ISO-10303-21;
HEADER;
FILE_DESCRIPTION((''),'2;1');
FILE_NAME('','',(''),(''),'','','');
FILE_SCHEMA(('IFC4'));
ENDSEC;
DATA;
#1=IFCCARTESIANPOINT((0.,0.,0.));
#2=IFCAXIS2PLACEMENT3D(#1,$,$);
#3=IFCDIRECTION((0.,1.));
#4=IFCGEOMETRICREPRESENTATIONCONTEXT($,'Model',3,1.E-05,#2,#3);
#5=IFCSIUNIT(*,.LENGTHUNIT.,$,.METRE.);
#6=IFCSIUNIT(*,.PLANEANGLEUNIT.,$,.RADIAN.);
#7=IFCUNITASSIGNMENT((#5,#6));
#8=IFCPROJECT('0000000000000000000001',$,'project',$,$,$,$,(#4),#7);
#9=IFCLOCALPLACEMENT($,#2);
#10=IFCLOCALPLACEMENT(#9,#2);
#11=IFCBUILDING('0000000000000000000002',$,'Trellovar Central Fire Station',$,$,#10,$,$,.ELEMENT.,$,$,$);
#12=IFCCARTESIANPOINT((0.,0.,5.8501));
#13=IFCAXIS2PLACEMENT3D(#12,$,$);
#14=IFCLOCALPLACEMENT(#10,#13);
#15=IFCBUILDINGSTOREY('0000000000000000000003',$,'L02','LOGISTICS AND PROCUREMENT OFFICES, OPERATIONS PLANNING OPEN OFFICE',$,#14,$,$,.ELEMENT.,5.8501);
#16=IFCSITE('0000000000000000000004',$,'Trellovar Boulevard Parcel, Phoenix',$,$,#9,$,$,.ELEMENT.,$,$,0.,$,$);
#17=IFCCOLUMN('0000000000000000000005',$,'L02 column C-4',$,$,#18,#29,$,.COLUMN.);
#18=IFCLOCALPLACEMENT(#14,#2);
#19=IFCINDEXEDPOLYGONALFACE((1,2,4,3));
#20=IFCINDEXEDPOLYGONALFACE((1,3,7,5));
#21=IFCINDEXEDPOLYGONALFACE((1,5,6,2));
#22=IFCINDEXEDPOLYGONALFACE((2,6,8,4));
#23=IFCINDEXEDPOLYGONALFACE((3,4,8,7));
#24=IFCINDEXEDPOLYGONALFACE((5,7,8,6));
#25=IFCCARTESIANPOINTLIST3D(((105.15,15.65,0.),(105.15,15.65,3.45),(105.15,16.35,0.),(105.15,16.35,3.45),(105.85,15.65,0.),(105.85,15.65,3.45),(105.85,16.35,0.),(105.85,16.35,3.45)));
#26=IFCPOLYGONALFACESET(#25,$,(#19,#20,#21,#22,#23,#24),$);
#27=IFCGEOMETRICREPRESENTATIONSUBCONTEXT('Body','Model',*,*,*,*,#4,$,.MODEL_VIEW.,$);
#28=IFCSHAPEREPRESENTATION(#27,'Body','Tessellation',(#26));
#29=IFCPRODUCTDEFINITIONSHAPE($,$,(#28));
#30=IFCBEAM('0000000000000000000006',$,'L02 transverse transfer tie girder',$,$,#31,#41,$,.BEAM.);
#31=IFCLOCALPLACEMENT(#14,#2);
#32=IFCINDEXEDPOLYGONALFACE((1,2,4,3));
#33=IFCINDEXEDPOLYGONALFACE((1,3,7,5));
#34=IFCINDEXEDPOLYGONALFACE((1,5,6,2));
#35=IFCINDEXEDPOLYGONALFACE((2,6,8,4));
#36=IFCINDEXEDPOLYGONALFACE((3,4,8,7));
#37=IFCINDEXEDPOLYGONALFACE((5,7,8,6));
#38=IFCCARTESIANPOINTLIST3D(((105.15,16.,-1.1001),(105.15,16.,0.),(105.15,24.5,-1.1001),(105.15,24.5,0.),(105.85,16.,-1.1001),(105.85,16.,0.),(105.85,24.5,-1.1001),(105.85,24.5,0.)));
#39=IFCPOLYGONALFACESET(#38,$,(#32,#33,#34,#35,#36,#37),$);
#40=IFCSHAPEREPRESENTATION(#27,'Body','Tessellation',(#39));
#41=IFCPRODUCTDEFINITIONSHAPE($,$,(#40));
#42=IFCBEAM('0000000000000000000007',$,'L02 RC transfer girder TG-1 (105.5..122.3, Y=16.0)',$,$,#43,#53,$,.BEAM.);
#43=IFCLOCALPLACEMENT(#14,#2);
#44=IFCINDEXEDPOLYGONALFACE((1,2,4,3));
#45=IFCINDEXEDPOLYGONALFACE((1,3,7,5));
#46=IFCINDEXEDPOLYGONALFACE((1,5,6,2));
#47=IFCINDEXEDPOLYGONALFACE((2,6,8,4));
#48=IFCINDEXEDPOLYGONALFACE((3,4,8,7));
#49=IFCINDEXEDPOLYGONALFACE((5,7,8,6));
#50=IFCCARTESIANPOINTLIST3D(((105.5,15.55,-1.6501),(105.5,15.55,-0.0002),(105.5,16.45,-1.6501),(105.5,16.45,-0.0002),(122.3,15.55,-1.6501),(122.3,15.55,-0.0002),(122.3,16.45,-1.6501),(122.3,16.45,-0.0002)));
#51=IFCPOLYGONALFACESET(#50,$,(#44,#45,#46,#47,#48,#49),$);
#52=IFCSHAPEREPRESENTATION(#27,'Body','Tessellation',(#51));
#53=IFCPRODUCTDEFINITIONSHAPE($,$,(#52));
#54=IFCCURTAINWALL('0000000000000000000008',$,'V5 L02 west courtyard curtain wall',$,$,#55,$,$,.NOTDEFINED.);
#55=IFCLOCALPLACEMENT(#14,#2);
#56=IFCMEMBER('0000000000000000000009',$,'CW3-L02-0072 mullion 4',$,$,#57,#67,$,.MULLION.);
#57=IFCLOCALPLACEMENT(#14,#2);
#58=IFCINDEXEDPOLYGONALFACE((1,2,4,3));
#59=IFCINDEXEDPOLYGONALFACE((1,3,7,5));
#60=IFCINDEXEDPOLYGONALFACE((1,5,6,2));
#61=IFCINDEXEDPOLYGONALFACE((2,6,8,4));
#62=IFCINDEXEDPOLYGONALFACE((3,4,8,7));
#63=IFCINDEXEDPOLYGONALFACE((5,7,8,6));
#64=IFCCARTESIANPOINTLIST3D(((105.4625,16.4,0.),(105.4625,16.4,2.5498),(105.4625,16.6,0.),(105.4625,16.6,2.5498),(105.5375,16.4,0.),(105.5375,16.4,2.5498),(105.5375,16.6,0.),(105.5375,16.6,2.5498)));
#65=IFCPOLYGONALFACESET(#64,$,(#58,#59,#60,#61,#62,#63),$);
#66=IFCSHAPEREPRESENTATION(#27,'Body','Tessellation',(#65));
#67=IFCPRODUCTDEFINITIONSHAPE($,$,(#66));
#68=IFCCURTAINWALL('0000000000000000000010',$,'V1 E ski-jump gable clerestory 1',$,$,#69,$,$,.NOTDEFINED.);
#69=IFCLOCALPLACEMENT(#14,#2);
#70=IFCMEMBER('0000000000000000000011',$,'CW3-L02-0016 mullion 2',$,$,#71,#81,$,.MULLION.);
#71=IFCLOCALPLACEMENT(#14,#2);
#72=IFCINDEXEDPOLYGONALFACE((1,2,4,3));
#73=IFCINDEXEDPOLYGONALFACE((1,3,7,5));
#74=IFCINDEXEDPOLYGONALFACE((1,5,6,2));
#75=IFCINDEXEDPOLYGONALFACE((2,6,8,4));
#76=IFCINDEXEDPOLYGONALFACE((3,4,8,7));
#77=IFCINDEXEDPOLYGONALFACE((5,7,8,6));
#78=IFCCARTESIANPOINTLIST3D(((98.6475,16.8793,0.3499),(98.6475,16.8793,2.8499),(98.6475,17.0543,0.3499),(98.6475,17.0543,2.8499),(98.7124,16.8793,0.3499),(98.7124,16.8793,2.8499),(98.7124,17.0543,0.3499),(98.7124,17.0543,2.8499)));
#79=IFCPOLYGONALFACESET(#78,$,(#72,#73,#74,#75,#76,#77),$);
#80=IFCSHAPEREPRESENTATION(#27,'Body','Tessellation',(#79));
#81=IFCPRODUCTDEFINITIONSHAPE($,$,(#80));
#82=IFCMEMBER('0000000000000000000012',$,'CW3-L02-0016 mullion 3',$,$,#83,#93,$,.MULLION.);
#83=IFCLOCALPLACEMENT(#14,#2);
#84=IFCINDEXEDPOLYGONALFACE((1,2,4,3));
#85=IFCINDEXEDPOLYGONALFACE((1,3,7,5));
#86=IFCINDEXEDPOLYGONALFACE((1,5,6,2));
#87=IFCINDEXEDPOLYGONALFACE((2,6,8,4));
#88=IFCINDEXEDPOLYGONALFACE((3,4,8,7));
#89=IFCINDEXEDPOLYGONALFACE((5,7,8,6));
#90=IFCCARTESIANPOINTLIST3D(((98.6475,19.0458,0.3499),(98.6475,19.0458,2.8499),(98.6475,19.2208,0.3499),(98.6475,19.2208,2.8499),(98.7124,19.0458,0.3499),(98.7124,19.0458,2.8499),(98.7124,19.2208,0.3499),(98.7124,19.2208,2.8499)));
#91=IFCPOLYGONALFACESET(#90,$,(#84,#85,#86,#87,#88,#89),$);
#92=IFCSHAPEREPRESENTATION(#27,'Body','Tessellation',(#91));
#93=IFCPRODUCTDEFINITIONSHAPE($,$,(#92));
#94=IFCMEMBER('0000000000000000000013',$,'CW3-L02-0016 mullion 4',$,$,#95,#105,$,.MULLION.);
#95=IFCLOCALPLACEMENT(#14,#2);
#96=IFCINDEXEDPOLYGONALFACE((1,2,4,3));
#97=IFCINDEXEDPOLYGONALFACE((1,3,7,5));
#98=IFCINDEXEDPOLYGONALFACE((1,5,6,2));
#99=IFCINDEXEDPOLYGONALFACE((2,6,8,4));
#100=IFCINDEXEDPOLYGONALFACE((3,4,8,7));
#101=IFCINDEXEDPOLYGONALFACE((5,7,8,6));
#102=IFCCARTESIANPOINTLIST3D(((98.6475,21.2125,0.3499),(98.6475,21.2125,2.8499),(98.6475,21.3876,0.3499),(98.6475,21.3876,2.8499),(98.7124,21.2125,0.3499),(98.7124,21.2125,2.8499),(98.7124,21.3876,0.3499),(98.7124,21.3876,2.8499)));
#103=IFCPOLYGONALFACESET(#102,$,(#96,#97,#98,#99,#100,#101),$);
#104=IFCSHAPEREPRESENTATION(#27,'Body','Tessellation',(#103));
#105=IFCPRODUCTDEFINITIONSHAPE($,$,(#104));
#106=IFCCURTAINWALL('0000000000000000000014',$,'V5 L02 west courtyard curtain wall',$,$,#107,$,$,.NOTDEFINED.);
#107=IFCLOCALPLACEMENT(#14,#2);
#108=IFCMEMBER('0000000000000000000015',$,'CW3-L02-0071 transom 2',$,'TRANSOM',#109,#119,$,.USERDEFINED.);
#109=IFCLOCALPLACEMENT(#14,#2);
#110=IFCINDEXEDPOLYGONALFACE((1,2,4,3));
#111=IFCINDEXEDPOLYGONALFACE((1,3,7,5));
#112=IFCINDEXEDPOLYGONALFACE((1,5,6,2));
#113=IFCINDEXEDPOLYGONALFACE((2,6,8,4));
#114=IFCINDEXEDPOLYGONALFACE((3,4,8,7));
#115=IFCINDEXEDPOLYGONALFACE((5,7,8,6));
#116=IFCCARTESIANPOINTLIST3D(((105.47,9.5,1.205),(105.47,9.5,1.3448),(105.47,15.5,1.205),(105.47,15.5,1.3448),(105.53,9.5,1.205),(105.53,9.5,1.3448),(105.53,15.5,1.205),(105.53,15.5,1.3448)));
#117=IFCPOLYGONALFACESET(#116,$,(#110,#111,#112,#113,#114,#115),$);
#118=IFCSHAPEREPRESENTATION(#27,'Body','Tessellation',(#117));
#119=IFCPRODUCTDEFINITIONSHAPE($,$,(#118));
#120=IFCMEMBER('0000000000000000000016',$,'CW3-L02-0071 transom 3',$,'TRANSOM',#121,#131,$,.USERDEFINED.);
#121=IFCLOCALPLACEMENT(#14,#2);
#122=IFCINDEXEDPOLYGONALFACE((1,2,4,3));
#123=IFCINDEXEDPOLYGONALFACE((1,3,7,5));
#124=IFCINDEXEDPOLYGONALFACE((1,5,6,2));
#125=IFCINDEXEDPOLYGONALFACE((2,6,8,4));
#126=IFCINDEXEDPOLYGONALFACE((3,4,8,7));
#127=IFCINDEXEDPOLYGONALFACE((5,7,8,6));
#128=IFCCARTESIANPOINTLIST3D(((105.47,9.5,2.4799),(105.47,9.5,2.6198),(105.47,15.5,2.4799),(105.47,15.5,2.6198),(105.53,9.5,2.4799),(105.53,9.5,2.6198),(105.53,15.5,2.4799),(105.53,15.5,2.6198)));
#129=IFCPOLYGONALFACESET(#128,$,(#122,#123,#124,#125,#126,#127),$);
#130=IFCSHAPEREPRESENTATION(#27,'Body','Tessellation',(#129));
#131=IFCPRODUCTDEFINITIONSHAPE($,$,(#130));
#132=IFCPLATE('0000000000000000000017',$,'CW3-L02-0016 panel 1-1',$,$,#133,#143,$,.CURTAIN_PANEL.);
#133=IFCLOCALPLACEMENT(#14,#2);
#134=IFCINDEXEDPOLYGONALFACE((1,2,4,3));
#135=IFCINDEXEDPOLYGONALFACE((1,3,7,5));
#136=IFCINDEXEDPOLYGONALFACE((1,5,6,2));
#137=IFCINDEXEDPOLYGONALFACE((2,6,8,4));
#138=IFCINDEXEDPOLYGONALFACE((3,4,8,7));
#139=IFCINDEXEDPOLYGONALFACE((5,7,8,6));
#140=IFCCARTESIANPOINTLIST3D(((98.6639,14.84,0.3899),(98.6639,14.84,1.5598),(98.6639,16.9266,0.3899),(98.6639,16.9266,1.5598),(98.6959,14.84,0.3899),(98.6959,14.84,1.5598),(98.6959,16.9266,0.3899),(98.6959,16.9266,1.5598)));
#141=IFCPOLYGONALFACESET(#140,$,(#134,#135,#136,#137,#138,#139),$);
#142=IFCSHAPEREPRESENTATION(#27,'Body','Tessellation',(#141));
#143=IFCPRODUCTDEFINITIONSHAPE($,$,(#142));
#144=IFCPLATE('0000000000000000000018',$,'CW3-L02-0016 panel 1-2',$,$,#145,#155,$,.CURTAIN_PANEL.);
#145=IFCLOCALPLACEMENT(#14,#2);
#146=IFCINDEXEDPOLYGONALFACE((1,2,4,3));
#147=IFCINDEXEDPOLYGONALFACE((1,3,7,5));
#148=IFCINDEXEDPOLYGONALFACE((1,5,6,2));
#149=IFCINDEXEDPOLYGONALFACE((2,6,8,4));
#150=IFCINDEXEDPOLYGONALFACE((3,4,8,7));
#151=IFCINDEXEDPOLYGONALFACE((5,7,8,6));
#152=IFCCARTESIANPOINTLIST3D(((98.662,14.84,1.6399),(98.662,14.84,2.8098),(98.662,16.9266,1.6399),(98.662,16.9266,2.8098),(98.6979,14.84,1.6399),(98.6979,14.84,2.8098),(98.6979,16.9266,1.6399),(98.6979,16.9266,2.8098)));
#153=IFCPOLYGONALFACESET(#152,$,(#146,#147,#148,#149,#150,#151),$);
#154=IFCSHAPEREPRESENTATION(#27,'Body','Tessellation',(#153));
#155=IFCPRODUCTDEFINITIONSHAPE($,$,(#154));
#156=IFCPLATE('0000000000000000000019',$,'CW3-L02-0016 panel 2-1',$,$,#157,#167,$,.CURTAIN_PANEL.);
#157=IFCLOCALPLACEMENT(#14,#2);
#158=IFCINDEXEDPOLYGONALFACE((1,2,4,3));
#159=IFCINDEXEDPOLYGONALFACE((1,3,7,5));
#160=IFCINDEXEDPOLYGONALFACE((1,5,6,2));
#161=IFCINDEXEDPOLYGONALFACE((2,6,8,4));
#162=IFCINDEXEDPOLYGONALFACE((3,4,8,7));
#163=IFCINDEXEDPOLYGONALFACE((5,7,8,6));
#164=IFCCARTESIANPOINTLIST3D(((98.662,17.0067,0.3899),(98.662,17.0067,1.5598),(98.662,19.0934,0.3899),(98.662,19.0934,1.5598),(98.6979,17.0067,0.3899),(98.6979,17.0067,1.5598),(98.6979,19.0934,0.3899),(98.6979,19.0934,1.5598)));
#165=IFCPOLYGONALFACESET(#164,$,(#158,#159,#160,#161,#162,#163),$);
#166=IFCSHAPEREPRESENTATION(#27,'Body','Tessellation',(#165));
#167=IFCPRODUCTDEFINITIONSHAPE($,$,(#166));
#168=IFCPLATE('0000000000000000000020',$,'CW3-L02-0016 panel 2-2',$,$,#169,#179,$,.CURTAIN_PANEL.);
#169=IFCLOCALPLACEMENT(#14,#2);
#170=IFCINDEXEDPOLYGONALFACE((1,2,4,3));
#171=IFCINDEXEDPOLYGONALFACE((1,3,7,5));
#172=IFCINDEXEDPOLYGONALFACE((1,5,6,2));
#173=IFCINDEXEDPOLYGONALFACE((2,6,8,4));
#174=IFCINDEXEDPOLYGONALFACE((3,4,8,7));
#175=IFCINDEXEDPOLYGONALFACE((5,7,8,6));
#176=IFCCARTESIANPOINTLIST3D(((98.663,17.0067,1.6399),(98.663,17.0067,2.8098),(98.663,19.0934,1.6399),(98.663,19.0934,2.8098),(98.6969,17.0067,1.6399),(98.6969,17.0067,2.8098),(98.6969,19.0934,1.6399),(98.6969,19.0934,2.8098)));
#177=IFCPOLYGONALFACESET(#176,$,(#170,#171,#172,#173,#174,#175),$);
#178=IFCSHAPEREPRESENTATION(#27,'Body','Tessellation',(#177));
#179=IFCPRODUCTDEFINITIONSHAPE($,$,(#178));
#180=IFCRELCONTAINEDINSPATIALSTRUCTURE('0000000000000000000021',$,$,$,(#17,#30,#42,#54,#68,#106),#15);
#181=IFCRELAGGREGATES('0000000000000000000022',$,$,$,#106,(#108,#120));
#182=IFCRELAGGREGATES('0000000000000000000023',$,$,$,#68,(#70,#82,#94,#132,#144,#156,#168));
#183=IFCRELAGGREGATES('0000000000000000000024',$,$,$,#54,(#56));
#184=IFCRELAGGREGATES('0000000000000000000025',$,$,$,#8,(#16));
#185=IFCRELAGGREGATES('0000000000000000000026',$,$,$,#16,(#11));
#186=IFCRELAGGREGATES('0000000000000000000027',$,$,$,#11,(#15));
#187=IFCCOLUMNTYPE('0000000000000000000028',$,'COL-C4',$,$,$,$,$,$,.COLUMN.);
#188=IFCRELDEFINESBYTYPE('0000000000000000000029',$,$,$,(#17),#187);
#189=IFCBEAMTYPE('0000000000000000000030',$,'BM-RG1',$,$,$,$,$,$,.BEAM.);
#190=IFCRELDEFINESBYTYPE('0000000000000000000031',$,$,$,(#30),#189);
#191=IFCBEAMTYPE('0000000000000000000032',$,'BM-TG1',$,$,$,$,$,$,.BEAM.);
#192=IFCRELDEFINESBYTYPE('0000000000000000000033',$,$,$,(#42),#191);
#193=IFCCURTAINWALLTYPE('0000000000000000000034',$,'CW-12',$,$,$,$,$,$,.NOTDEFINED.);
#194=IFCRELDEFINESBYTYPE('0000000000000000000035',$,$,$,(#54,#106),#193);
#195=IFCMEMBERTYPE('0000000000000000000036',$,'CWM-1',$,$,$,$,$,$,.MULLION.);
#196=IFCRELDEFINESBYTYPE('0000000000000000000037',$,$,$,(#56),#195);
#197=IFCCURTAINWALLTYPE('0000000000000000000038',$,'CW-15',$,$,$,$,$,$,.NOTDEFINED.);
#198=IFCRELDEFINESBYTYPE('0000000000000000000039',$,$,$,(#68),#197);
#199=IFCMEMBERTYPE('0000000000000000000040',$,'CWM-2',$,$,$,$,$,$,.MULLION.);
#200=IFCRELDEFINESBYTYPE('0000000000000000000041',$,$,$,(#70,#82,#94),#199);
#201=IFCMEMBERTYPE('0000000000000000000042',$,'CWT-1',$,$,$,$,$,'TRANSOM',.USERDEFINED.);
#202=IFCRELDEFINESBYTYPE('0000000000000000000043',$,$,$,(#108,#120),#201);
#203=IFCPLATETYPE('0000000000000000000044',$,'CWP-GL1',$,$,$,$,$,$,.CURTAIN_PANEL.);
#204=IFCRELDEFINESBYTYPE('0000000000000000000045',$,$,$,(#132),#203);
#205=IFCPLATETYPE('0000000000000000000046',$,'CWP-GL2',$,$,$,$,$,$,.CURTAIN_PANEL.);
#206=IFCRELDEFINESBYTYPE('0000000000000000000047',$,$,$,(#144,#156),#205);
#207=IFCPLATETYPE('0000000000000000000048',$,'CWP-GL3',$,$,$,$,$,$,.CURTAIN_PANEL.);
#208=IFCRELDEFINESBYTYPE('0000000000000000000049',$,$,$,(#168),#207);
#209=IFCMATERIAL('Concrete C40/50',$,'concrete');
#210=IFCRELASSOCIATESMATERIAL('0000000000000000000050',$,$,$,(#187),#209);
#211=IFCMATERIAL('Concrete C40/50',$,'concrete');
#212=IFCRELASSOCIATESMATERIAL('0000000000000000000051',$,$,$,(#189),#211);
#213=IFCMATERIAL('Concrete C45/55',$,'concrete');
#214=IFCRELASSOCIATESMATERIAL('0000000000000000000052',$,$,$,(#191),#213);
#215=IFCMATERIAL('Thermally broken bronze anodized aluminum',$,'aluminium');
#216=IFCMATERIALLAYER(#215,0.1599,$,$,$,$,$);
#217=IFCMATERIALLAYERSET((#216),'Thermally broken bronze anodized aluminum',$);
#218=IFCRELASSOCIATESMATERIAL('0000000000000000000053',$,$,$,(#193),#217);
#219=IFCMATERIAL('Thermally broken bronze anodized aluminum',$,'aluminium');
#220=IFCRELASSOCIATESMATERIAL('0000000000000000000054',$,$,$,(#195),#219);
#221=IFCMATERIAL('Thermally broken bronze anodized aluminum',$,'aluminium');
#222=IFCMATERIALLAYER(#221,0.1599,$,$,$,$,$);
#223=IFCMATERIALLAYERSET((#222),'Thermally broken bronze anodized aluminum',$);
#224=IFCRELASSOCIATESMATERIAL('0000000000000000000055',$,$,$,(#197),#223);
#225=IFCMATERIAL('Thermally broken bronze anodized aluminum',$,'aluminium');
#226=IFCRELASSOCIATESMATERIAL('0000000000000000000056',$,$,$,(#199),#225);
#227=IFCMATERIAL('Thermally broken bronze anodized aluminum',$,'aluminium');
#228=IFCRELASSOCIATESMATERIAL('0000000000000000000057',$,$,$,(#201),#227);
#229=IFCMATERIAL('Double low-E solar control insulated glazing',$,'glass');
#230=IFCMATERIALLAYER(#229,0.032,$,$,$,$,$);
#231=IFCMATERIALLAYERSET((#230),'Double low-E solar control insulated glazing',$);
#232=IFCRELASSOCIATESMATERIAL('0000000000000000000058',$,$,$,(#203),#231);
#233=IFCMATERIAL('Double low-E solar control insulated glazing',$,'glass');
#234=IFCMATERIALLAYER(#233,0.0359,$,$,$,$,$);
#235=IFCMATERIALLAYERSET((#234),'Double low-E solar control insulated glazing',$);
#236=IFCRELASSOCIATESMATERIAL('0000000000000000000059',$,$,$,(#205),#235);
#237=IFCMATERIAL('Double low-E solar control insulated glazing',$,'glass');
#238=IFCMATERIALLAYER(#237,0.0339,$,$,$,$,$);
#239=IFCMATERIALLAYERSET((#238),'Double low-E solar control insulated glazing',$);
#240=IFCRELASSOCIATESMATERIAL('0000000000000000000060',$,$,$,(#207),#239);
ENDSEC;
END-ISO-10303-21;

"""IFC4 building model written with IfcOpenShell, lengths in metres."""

from ifc_helpers import new_model, si_unit, direction, frame, origin, origin_2d, place, context, subcontext, project, spatial, rectangle, extrude, material, layer, layer_set, material_profile, profile_set, type_object, element, aggregate, save


model = new_model("IFC4")

# Units and contexts
model_context = context("Model", 3, precision=1e-05, world=origin(), true_north=direction((0.0, 1.0)))
body_context = subcontext(model_context, "Body", "Model", "MODEL_VIEW")
ifc_project = project(units=[si_unit("LENGTHUNIT", "METRE"), si_unit("PLANEANGLEUNIT", "RADIAN")], contexts=[model_context])

# Site, building, storey
site_placement = place(None, origin())
site = spatial("IfcSite", under=ifc_project, at=site_placement, Name="Trellovar Boulevard Parcel, Phoenix", CompositionType="ELEMENT", RefElevation=0.0)
building_placement = place(site_placement, origin())
building = spatial("IfcBuilding", under=site, at=building_placement, Name="Trellovar Central Fire Station", CompositionType="ELEMENT")
storey_placement = place(building_placement, frame((0.0, 0.0, 5.8501)))
storey = spatial("IfcBuildingStorey", under=building, at=storey_placement, Name="L02", Description="LOGISTICS AND PROCUREMENT OFFICES, OPERATIONS PLANNING OPEN OFFICE", CompositionType="ELEMENT", Elevation=5.8501)

# Column
ifc_material_1 = material(Name="Concrete C40/50", Category="concrete")
ifc_material_profile_1 = material_profile(ifc_material_1, rectangle(XDim=0.7, YDim=0.7, at=origin_2d()), Name="RC700X700")
ifc_profile_set_1 = profile_set([ifc_material_profile_1], Name="Concrete C40/50")
column_type = type_object("IfcColumnType", Name="COL-C4", PredefinedType="COLUMN", material=ifc_profile_set_1)
column_placement = place(storey_placement, frame((105.5, 16.0, 0.0), z_axis=(0.0, 0.0, 1.0), x_axis=(1.0, 0.0, 0.0)))
element("IfcColumn", 1, at=column_placement, inside=storey, type_object=column_type, Name="L02 column C-4", PredefinedType="COLUMN", context=body_context, shape_type="SweptSolid", body=[
    extrude(rectangle(XDim=0.7, YDim=0.7, at=origin_2d()), origin(), (0.0, 0.0, 1.0), 3.45),
])

# Beams
ifc_material_2 = material(Name="Concrete C40/50", Category="concrete")
ifc_material_profile_2 = material_profile(ifc_material_2, rectangle(XDim=0.7, YDim=1.1001, at=origin_2d()), Name="RC700X1100")
ifc_profile_set_2 = profile_set([ifc_material_profile_2], Name="Concrete C40/50")
beam_type_1 = type_object("IfcBeamType", Name="BM-RG1", PredefinedType="BEAM", material=ifc_profile_set_2)
beam_1_placement = place(storey_placement, frame((105.5, 16.0, -0.55), z_axis=(0.0, 1.0, 0.0), x_axis=(-1.0, 0.0, 0.0)))
element("IfcBeam", 2, at=beam_1_placement, inside=storey, type_object=beam_type_1, Name="L02 transverse transfer tie girder", PredefinedType="BEAM", context=body_context, shape_type="SweptSolid", body=[
    extrude(rectangle(XDim=0.7, YDim=1.1001, at=origin_2d()), origin(), (0.0, 0.0, 1.0), 8.5),
])
ifc_material_3 = material(Name="Concrete C45/55", Category="concrete")
ifc_material_profile_3 = material_profile(ifc_material_3, rectangle(XDim=0.8999, YDim=1.6499, at=origin_2d()), Name="RC900X1650")
ifc_profile_set_3 = profile_set([ifc_material_profile_3], Name="Concrete C45/55")
beam_type_2 = type_object("IfcBeamType", Name="BM-TG1", PredefinedType="BEAM", material=ifc_profile_set_3)
beam_2_placement = place(storey_placement, frame((105.5, 16.0, -0.8252), z_axis=(1.0, 0.0, 0.0), x_axis=(0.0, 1.0, 0.0)))
element("IfcBeam", 3, at=beam_2_placement, inside=storey, type_object=beam_type_2, Name="L02 RC transfer girder TG-1 (105.5..122.3, Y=16.0)", PredefinedType="BEAM", context=body_context, shape_type="SweptSolid", body=[
    extrude(rectangle(XDim=0.8999, YDim=1.6499, at=origin_2d()), origin(), (0.0, 0.0, 1.0), 16.8),
])

# Curtain wall, member
ifc_material_4 = material(Name="Thermally broken bronze anodized aluminum", Category="aluminium")
ifc_layer_1 = layer(ifc_material_4, 0.1599)
ifc_layer_set_1 = layer_set([ifc_layer_1], Name="Thermally broken bronze anodized aluminum")
curtain_wall_type_1 = type_object("IfcCurtainWallType", Name="CW-12", PredefinedType="NOTDEFINED", material=ifc_layer_set_1)
curtain_wall_1_placement = place(storey_placement, origin())
curtain_wall_1 = element("IfcCurtainWall", 4, at=curtain_wall_1_placement, inside=storey, type_object=curtain_wall_type_1, Name="V5 L02 west courtyard curtain wall", PredefinedType="NOTDEFINED")
ifc_material_5 = material(Name="Thermally broken bronze anodized aluminum", Category="aluminium")
ifc_material_profile_4 = material_profile(ifc_material_5, rectangle(XDim=0.075, YDim=0.2, at=origin_2d()), Name="ALU75X200")
ifc_profile_set_4 = profile_set([ifc_material_profile_4], Name="Thermally broken bronze anodized aluminum")
member_type_1 = type_object("IfcMemberType", Name="CWM-1", PredefinedType="MULLION", material=ifc_profile_set_4)
member_1_placement = place(storey_placement, frame((105.5, 16.5, 0.0), z_axis=(0.0, 0.0, 1.0), x_axis=(1.0, 0.0, 0.0)))
member_1 = element("IfcMember", 5, at=member_1_placement, type_object=member_type_1, Name="CW3-L02-0072 mullion 4", PredefinedType="MULLION", context=body_context, shape_type="SweptSolid", body=[
    extrude(rectangle(XDim=0.075, YDim=0.2, at=origin_2d()), origin(), (0.0, 0.0, 1.0), 2.5498),
])

# Curtain walls, members
ifc_material_6 = material(Name="Thermally broken bronze anodized aluminum", Category="aluminium")
ifc_layer_2 = layer(ifc_material_6, 0.1599)
ifc_layer_set_2 = layer_set([ifc_layer_2], Name="Thermally broken bronze anodized aluminum")
curtain_wall_type_2 = type_object("IfcCurtainWallType", Name="CW-15", PredefinedType="NOTDEFINED", material=ifc_layer_set_2)
curtain_wall_2_placement = place(storey_placement, origin())
curtain_wall_2 = element("IfcCurtainWall", 6, at=curtain_wall_2_placement, inside=storey, type_object=curtain_wall_type_2, Name="V1 E ski-jump gable clerestory 1", PredefinedType="NOTDEFINED")
ifc_material_7 = material(Name="Thermally broken bronze anodized aluminum", Category="aluminium")
ifc_material_profile_5 = material_profile(ifc_material_7, rectangle(XDim=0.0649, YDim=0.175, at=origin_2d()), Name="ALU65X175")
ifc_profile_set_5 = profile_set([ifc_material_profile_5], Name="Thermally broken bronze anodized aluminum")
member_type_2 = type_object("IfcMemberType", Name="CWM-2", PredefinedType="MULLION", material=ifc_profile_set_5)
member_2_placement = place(storey_placement, frame((98.6799, 16.9668, 0.3499), z_axis=(0.0, 0.0, 1.0), x_axis=(1.0, 0.0, 0.0)))
member_2 = element("IfcMember", 7, at=member_2_placement, type_object=member_type_2, Name="CW3-L02-0016 mullion 2", PredefinedType="MULLION", context=body_context, shape_type="SweptSolid", body=[
    extrude(rectangle(XDim=0.0649, YDim=0.175, at=origin_2d()), origin(), (0.0, 0.0, 1.0), 2.5),
])
member_3_placement = place(storey_placement, frame((98.6799, 19.1333, 0.3499), z_axis=(0.0, 0.0, 1.0), x_axis=(1.0, 0.0, 0.0)))
member_3 = element("IfcMember", 8, at=member_3_placement, type_object=member_type_2, Name="CW3-L02-0016 mullion 3", PredefinedType="MULLION", context=body_context, shape_type="SweptSolid", body=[
    extrude(rectangle(XDim=0.0649, YDim=0.175, at=origin_2d()), origin(), (0.0, 0.0, 1.0), 2.5),
])
member_4_placement = place(storey_placement, frame((98.6799, 21.3, 0.3499), z_axis=(0.0, 0.0, 1.0), x_axis=(1.0, 0.0, 0.0)))
member_4 = element("IfcMember", 9, at=member_4_placement, type_object=member_type_2, Name="CW3-L02-0016 mullion 4", PredefinedType="MULLION", context=body_context, shape_type="SweptSolid", body=[
    extrude(rectangle(XDim=0.0649, YDim=0.175, at=origin_2d()), origin(), (0.0, 0.0, 1.0), 2.5),
])
curtain_wall_3_placement = place(storey_placement, origin())
curtain_wall_3 = element("IfcCurtainWall", 10, at=curtain_wall_3_placement, inside=storey, type_object=curtain_wall_type_1, Name="V5 L02 west courtyard curtain wall", PredefinedType="NOTDEFINED")
ifc_material_8 = material(Name="Thermally broken bronze anodized aluminum", Category="aluminium")
ifc_material_profile_6 = material_profile(ifc_material_8, rectangle(XDim=0.0601, YDim=0.1399, at=origin_2d()), Name="ALU60X140")
ifc_profile_set_6 = profile_set([ifc_material_profile_6], Name="Thermally broken bronze anodized aluminum")
member_type_3 = type_object("IfcMemberType", Name="CWT-1", ElementType="TRANSOM", PredefinedType="USERDEFINED", material=ifc_profile_set_6)
member_5_placement = place(storey_placement, frame((105.5, 15.5, 1.2749), z_axis=(0.0, -1.0, 0.0), x_axis=(1.0, 0.0, 0.0)))
member_5 = element("IfcMember", 11, at=member_5_placement, type_object=member_type_3, Name="CW3-L02-0071 transom 2", ObjectType="TRANSOM", PredefinedType="USERDEFINED", context=body_context, shape_type="SweptSolid", body=[
    extrude(rectangle(XDim=0.0601, YDim=0.1399, at=origin_2d()), origin(), (0.0, 0.0, 1.0), 6.0),
])
member_6_placement = place(storey_placement, frame((105.5, 15.5, 2.5498), z_axis=(0.0, -1.0, 0.0), x_axis=(1.0, 0.0, 0.0)))
member_6 = element("IfcMember", 12, at=member_6_placement, type_object=member_type_3, Name="CW3-L02-0071 transom 3", ObjectType="TRANSOM", PredefinedType="USERDEFINED", context=body_context, shape_type="SweptSolid", body=[
    extrude(rectangle(XDim=0.0601, YDim=0.1399, at=origin_2d()), origin(), (0.0, 0.0, 1.0), 6.0),
])
aggregate(curtain_wall_3, [member_5, member_6])

# Plates
ifc_material_9 = material(Name="Double low-E solar control insulated glazing", Category="glass")
ifc_layer_3 = layer(ifc_material_9, 0.032)
ifc_layer_set_3 = layer_set([ifc_layer_3], Name="Double low-E solar control insulated glazing")
plate_type_1 = type_object("IfcPlateType", Name="CWP-GL1", PredefinedType="CURTAIN_PANEL", material=ifc_layer_set_3)
plate_1_placement = place(storey_placement, frame((98.6799, 15.8833, 0.3899), z_axis=(0.0, 0.0, 1.0), x_axis=(0.0, 1.0, 0.0)))
plate_1 = element("IfcPlate", 13, at=plate_1_placement, type_object=plate_type_1, Name="CW3-L02-0016 panel 1-1", PredefinedType="CURTAIN_PANEL", context=body_context, shape_type="SweptSolid", body=[
    extrude(rectangle(XDim=2.0867, YDim=0.032, at=origin_2d()), origin(), (0.0, 0.0, 1.0), 1.1699),
])
ifc_material_10 = material(Name="Double low-E solar control insulated glazing", Category="glass")
ifc_layer_4 = layer(ifc_material_10, 0.0359)
ifc_layer_set_4 = layer_set([ifc_layer_4], Name="Double low-E solar control insulated glazing")
plate_type_2 = type_object("IfcPlateType", Name="CWP-GL2", PredefinedType="CURTAIN_PANEL", material=ifc_layer_set_4)
plate_2_placement = place(storey_placement, frame((98.6799, 15.8833, 1.6399), z_axis=(0.0, 0.0, 1.0), x_axis=(0.0, 1.0, 0.0)))
plate_2 = element("IfcPlate", 14, at=plate_2_placement, type_object=plate_type_2, Name="CW3-L02-0016 panel 1-2", PredefinedType="CURTAIN_PANEL", context=body_context, shape_type="SweptSolid", body=[
    extrude(rectangle(XDim=2.0867, YDim=0.0359, at=origin_2d()), origin(), (0.0, 0.0, 1.0), 1.1699),
])
plate_3_placement = place(storey_placement, frame((98.6799, 18.05, 0.3899), z_axis=(0.0, 0.0, 1.0), x_axis=(0.0, 1.0, 0.0)))
plate_3 = element("IfcPlate", 15, at=plate_3_placement, type_object=plate_type_2, Name="CW3-L02-0016 panel 2-1", PredefinedType="CURTAIN_PANEL", context=body_context, shape_type="SweptSolid", body=[
    extrude(rectangle(XDim=2.0867, YDim=0.0359, at=origin_2d()), origin(), (0.0, 0.0, 1.0), 1.1699),
])
ifc_material_11 = material(Name="Double low-E solar control insulated glazing", Category="glass")
ifc_layer_5 = layer(ifc_material_11, 0.0339)
ifc_layer_set_5 = layer_set([ifc_layer_5], Name="Double low-E solar control insulated glazing")
plate_type_3 = type_object("IfcPlateType", Name="CWP-GL3", PredefinedType="CURTAIN_PANEL", material=ifc_layer_set_5)
plate_4_placement = place(storey_placement, frame((98.6799, 18.05, 1.6399), z_axis=(0.0, 0.0, 1.0), x_axis=(0.0, 1.0, 0.0)))
plate_4 = element("IfcPlate", 16, at=plate_4_placement, type_object=plate_type_3, Name="CW3-L02-0016 panel 2-2", PredefinedType="CURTAIN_PANEL", context=body_context, shape_type="SweptSolid", body=[
    extrude(rectangle(XDim=2.0867, YDim=0.0339, at=origin_2d()), origin(), (0.0, 0.0, 1.0), 1.1699),
])
aggregate(curtain_wall_2, [member_2, member_3, member_4, plate_1, plate_2, plate_3, plate_4])
aggregate(curtain_wall_1, [member_1])

save(model, "model.ifc")
